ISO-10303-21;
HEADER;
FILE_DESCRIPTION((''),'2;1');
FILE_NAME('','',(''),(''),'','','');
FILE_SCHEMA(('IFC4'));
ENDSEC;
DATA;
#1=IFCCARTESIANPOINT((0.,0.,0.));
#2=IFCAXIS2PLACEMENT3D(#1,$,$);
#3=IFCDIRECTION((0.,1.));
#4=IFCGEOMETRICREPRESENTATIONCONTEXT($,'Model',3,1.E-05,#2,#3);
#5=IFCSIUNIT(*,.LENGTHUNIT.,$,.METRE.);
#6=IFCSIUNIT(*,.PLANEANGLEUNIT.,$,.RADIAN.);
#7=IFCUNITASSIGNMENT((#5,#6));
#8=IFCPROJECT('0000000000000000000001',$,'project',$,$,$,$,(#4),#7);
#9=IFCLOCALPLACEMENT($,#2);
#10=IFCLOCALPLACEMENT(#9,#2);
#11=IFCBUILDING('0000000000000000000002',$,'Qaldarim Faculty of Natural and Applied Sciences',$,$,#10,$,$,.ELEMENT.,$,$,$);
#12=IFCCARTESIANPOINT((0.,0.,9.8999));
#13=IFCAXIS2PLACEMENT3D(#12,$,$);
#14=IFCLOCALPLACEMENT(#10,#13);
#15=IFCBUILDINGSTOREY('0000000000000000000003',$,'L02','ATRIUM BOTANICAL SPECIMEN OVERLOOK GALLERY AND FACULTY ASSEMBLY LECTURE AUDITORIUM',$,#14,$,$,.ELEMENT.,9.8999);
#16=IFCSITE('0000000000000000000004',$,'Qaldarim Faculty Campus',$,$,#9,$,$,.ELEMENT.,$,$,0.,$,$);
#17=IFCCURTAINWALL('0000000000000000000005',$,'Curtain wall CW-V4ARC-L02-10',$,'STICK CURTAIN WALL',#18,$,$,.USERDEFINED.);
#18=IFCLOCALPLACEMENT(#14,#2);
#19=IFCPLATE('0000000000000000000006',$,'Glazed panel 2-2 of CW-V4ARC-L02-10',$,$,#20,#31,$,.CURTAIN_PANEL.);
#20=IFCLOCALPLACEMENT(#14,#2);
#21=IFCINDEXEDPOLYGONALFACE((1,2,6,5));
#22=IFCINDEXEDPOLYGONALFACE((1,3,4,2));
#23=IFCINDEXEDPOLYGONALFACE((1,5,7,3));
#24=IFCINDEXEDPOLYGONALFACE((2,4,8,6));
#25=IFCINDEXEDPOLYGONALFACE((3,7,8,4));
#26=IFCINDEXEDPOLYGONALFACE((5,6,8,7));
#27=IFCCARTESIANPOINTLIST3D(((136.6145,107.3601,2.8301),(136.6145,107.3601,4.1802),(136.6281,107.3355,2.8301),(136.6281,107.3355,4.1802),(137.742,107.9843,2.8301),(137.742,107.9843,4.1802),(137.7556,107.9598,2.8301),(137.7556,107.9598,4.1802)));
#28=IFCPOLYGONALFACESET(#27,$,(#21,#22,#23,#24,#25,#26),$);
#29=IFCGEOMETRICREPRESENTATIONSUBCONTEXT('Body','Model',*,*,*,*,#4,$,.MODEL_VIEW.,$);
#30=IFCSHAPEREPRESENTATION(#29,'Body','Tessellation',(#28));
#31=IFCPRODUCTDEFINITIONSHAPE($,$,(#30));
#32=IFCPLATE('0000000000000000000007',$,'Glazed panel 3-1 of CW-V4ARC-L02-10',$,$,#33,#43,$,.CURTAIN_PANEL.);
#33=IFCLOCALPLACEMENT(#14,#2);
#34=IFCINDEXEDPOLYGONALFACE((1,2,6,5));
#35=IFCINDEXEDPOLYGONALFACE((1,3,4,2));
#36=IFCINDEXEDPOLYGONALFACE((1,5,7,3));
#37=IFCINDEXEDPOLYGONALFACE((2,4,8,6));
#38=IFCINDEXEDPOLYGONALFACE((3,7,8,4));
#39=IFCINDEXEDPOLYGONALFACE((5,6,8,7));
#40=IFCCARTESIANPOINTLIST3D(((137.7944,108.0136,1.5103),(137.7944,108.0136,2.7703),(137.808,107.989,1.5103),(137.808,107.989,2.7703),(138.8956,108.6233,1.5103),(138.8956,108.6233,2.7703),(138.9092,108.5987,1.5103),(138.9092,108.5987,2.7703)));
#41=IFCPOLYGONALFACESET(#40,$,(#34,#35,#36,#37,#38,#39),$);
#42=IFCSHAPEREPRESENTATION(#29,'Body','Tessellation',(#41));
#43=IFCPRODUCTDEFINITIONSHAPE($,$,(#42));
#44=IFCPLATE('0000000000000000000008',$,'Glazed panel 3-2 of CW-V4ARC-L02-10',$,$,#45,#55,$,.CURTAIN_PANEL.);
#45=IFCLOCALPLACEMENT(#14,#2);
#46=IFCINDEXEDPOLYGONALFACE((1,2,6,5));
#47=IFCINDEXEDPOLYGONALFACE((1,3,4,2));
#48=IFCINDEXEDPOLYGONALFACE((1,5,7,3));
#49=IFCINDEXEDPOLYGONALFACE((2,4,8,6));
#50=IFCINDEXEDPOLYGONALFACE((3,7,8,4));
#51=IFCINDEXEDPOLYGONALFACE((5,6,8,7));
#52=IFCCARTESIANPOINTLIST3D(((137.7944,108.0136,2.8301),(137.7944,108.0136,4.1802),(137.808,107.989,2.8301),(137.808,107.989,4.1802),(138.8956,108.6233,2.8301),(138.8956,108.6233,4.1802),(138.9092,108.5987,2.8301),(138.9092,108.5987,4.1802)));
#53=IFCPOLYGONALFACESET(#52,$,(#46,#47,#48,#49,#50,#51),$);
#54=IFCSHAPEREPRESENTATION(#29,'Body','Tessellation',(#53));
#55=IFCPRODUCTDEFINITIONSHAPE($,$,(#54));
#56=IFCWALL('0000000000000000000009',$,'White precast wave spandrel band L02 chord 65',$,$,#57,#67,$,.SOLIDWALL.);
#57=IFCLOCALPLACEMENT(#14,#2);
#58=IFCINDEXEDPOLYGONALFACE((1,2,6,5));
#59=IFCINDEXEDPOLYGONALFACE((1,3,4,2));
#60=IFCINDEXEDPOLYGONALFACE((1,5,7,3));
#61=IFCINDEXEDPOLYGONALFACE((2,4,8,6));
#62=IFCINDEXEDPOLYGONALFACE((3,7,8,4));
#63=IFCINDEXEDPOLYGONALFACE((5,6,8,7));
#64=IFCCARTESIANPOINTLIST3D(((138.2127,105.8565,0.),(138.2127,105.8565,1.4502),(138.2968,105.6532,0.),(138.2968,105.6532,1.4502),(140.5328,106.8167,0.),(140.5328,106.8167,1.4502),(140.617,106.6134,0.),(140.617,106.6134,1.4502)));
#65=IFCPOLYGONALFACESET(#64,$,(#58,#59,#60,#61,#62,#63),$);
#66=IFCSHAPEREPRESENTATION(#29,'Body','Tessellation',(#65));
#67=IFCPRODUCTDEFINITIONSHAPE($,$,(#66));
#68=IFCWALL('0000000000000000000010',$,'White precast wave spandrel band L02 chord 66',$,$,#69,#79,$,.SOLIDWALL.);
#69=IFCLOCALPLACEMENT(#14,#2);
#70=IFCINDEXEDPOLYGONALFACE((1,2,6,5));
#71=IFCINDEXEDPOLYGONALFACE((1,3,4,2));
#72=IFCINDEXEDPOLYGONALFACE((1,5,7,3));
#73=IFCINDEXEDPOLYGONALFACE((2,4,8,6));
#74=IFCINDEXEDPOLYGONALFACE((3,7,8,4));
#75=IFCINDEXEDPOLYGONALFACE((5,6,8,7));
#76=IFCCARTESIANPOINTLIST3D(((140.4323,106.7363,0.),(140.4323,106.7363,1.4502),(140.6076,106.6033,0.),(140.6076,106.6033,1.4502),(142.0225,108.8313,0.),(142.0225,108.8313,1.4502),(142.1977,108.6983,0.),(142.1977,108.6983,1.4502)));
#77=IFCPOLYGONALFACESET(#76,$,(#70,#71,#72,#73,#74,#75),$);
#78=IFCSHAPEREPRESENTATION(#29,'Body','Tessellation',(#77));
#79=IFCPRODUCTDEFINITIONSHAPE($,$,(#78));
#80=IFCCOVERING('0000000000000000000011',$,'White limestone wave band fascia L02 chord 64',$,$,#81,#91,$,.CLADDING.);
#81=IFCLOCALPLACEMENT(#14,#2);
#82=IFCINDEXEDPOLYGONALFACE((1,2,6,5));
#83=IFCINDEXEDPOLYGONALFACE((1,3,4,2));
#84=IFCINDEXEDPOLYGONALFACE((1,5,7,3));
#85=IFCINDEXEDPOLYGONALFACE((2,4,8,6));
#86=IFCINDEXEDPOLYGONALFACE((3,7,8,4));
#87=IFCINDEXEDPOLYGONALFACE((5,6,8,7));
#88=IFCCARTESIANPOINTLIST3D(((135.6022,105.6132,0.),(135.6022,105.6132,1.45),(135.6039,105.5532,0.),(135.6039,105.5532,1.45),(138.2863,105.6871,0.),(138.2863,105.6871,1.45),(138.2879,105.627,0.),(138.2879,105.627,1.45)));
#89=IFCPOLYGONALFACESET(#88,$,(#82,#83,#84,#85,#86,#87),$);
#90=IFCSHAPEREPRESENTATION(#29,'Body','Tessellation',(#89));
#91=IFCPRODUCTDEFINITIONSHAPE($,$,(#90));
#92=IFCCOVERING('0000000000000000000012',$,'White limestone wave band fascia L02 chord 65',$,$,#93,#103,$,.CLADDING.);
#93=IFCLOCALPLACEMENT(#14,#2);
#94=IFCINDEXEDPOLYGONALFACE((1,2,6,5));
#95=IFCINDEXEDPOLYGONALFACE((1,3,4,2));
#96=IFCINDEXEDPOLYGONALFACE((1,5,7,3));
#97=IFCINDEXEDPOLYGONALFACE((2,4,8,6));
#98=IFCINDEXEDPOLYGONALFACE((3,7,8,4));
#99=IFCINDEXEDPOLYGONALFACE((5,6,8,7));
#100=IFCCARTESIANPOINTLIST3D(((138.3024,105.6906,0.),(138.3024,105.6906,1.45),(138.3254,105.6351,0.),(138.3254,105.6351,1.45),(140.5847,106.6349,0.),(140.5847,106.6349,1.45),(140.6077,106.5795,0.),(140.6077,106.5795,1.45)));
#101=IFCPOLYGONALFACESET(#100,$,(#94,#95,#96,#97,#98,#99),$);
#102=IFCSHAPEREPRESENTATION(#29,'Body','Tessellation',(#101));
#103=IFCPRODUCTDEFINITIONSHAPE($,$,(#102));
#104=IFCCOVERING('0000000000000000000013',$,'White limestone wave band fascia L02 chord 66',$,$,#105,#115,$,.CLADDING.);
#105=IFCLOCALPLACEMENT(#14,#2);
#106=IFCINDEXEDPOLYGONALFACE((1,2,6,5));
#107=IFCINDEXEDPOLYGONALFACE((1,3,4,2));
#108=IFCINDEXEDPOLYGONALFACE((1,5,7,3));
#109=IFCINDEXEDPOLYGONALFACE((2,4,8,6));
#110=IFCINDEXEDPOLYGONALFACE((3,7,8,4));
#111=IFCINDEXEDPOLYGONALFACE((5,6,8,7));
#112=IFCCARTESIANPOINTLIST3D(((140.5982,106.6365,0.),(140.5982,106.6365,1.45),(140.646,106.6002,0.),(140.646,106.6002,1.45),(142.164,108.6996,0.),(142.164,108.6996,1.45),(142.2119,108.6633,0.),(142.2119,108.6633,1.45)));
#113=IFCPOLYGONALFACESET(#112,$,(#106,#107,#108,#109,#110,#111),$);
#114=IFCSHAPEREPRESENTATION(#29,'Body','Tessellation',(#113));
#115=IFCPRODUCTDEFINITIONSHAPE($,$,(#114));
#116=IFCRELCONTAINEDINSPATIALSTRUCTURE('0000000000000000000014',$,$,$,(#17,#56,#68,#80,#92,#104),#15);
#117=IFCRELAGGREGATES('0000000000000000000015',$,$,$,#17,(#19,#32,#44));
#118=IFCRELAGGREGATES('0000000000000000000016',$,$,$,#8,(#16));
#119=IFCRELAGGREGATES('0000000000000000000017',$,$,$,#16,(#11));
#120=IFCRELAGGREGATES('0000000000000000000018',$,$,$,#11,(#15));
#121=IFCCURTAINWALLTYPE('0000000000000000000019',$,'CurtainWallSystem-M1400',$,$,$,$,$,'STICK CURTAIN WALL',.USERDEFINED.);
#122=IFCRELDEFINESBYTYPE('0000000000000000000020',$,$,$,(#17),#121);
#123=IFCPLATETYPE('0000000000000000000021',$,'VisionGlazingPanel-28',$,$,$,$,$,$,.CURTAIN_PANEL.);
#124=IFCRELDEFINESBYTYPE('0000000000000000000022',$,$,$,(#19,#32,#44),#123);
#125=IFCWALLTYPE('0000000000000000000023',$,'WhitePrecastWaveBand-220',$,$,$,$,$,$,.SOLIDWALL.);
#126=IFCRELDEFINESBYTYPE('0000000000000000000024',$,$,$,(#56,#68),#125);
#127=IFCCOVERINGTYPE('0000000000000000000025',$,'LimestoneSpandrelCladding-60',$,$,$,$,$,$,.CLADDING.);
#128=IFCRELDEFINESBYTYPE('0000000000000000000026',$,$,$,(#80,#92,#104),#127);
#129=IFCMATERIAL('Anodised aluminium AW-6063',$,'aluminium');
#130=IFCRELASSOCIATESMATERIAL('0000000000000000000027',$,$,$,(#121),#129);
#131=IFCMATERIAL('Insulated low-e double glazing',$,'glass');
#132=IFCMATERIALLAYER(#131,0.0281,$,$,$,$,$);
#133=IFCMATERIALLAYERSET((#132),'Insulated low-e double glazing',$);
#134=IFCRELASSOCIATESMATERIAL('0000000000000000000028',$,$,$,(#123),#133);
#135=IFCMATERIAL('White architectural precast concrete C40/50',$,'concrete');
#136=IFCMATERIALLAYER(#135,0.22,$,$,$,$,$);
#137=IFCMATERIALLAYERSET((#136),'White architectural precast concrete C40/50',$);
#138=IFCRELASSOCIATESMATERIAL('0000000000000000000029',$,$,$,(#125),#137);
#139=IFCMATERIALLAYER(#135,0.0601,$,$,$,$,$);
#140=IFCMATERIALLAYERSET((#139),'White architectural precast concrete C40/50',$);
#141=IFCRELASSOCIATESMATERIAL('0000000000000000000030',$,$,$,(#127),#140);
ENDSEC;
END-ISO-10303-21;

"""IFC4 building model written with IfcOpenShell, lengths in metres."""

from ifc_helpers import new_model, si_unit, direction, frame, frame_2d, origin, origin_2d, place, context, subcontext, project, spatial, rectangle, extrude, material, layer, layer_set, type_object, element, aggregate, save


model = new_model("IFC4")

# Units and contexts
model_context = context("Model", 3, precision=1e-05, world=origin(), true_north=direction((0.0, 1.0)))
body_context = subcontext(model_context, "Body", "Model", "MODEL_VIEW")
ifc_project = project(units=[si_unit("LENGTHUNIT", "METRE"), si_unit("PLANEANGLEUNIT", "RADIAN")], contexts=[model_context])

# Site, building, storey
site_placement = place(None, origin())
site = spatial("IfcSite", under=ifc_project, at=site_placement, Name="Qaldarim Faculty Campus", CompositionType="ELEMENT", RefElevation=0.0)
building_placement = place(site_placement, origin())
building = spatial("IfcBuilding", under=site, at=building_placement, Name="Qaldarim Faculty of Natural and Applied Sciences", CompositionType="ELEMENT")
storey_placement = place(building_placement, frame((0.0, 0.0, 9.8999)))
storey = spatial("IfcBuildingStorey", under=building, at=storey_placement, Name="L02", Description="ATRIUM BOTANICAL SPECIMEN OVERLOOK GALLERY AND FACULTY ASSEMBLY LECTURE AUDITORIUM", CompositionType="ELEMENT", Elevation=9.8999)

# Curtain wall
ifc_material_1 = material(Name="Anodised aluminium AW-6063", Category="aluminium")
curtain_wall_type = type_object("IfcCurtainWallType", Name="CurtainWallSystem-M1400", ElementType="STICK CURTAIN WALL", PredefinedType="USERDEFINED", material=ifc_material_1)
curtain_wall_1_placement = place(storey_placement, origin())
curtain_wall_1 = element("IfcCurtainWall", 1, at=curtain_wall_1_placement, inside=storey, type_object=curtain_wall_type, Name="Curtain wall CW-V4ARC-L02-10", ObjectType="STICK CURTAIN WALL", PredefinedType="USERDEFINED")

# Plates
ifc_material_2 = material(Name="Insulated low-e double glazing", Category="glass")
ifc_layer_1 = layer(ifc_material_2, 0.0281)
ifc_layer_set_1 = layer_set([ifc_layer_1], Name="Insulated low-e double glazing")
plate_type = type_object("IfcPlateType", Name="VisionGlazingPanel-28", PredefinedType="CURTAIN_PANEL", material=ifc_layer_set_1)
plate_1_placement = place(storey_placement, frame((137.1851, 107.6599, 2.8301), z_axis=(0.0, 0.0, 1.0), x_axis=(0.874857, 0.484382, 0.0)))
plate_1 = element("IfcPlate", 2, at=plate_1_placement, type_object=plate_type, Name="Glazed panel 2-2 of CW-V4ARC-L02-10", PredefinedType="CURTAIN_PANEL", context=body_context, shape_type="SweptSolid", body=[
    extrude(rectangle(XDim=1.2888, YDim=0.0281, at=origin_2d()), origin(), (0.0, 0.0, 1.0), 1.3501),
])
plate_2_placement = place(storey_placement, frame((138.3518, 108.3062, 1.5103), z_axis=(0.0, 0.0, 1.0), x_axis=(0.874857, 0.484382, 0.0)))
plate_2 = element("IfcPlate", 3, at=plate_2_placement, type_object=plate_type, Name="Glazed panel 3-1 of CW-V4ARC-L02-10", PredefinedType="CURTAIN_PANEL", context=body_context, shape_type="SweptSolid", body=[
    extrude(rectangle(XDim=1.2588, YDim=0.0281, at=origin_2d()), origin(), (0.0, 0.0, 1.0), 1.26),
])
plate_3_placement = place(storey_placement, frame((138.3518, 108.3062, 2.8301), z_axis=(0.0, 0.0, 1.0), x_axis=(0.874857, 0.484382, 0.0)))
plate_3 = element("IfcPlate", 4, at=plate_3_placement, type_object=plate_type, Name="Glazed panel 3-2 of CW-V4ARC-L02-10", PredefinedType="CURTAIN_PANEL", context=body_context, shape_type="SweptSolid", body=[
    extrude(rectangle(XDim=1.2588, YDim=0.0281, at=origin_2d()), origin(), (0.0, 0.0, 1.0), 1.3501),
])
aggregate(curtain_wall_1, [plate_1, plate_2, plate_3])

# Walls
ifc_material_3 = material(Name="White architectural precast concrete C40/50", Category="concrete")
ifc_layer_2 = layer(ifc_material_3, 0.22)
ifc_layer_set_2 = layer_set([ifc_layer_2], Name="White architectural precast concrete C40/50")
wall_type = type_object("IfcWallType", Name="WhitePrecastWaveBand-220", PredefinedType="SOLIDWALL", material=ifc_layer_set_2)
wall_1_placement = place(storey_placement, frame((138.2549, 105.7549, 0.0), z_axis=(0.0, 0.0, 1.0), x_axis=(0.923992, 0.382412, 0.0)))
element("IfcWall", 5, at=wall_1_placement, inside=storey, type_object=wall_type, Name="White precast wave spandrel band L02 chord 65", PredefinedType="SOLIDWALL", context=body_context, shape_type="SweptSolid", body=[
    extrude(rectangle(XDim=2.511, YDim=0.22, at=frame_2d((1.2554, 0.0))), origin(), (0.0, 0.0, 1.0), 1.4502),
])
wall_2_placement = place(storey_placement, frame((140.52, 106.6699, 0.0), z_axis=(0.0, 0.0, 1.0), x_axis=(0.604579, 0.796545, 0.0)))
element("IfcWall", 6, at=wall_2_placement, inside=storey, type_object=wall_type, Name="White precast wave spandrel band L02 chord 66", PredefinedType="SOLIDWALL", context=body_context, shape_type="SweptSolid", body=[
    extrude(rectangle(XDim=2.6301, YDim=0.22, at=frame_2d((1.3149, 0.0))), origin(), (0.0, 0.0, 1.0), 1.4502),
])

# Coverings
ifc_layer_3 = layer(ifc_material_3, 0.0601)
ifc_layer_set_3 = layer_set([ifc_layer_3], Name="White architectural precast concrete C40/50")
covering_type = type_object("IfcCoveringType", Name="LimestoneSpandrelCladding-60", PredefinedType="CLADDING", material=ifc_layer_set_3)
covering_1_placement = place(storey_placement, frame((136.9451, 105.6201, 0.0), z_axis=(0.0, 0.0, 1.0), x_axis=(0.999621, 0.02752, 0.0)))
element("IfcCovering", 7, at=covering_1_placement, inside=storey, type_object=covering_type, Name="White limestone wave band fascia L02 chord 64", PredefinedType="CLADDING", context=body_context, shape_type="SweptSolid", body=[
    extrude(rectangle(XDim=2.6851, YDim=0.0601, at=origin_2d()), origin(), (0.0, 0.0, 1.0), 1.45),
])
covering_2_placement = place(storey_placement, frame((139.4551, 106.135, 0.0), z_axis=(0.0, 0.0, 1.0), x_axis=(0.92402, 0.382345, 0.0)))
element("IfcCovering", 8, at=covering_2_placement, inside=storey, type_object=covering_type, Name="White limestone wave band fascia L02 chord 65", PredefinedType="CLADDING", context=body_context, shape_type="SweptSolid", body=[
    extrude(rectangle(XDim=2.47, YDim=0.0601, at=origin_2d()), origin(), (0.0, 0.0, 1.0), 1.45),
])
covering_3_placement = place(storey_placement, frame((141.405, 107.6499, 0.0), z_axis=(0.0, 0.0, 1.0), x_axis=(0.604557, 0.796562, 0.0)))
element("IfcCovering", 9, at=covering_3_placement, inside=storey, type_object=covering_type, Name="White limestone wave band fascia L02 chord 66", PredefinedType="CLADDING", context=body_context, shape_type="SweptSolid", body=[
    extrude(rectangle(XDim=2.5901, YDim=0.0601, at=origin_2d()), origin(), (0.0, 0.0, 1.0), 1.45),
])

save(model, "model.ifc")
